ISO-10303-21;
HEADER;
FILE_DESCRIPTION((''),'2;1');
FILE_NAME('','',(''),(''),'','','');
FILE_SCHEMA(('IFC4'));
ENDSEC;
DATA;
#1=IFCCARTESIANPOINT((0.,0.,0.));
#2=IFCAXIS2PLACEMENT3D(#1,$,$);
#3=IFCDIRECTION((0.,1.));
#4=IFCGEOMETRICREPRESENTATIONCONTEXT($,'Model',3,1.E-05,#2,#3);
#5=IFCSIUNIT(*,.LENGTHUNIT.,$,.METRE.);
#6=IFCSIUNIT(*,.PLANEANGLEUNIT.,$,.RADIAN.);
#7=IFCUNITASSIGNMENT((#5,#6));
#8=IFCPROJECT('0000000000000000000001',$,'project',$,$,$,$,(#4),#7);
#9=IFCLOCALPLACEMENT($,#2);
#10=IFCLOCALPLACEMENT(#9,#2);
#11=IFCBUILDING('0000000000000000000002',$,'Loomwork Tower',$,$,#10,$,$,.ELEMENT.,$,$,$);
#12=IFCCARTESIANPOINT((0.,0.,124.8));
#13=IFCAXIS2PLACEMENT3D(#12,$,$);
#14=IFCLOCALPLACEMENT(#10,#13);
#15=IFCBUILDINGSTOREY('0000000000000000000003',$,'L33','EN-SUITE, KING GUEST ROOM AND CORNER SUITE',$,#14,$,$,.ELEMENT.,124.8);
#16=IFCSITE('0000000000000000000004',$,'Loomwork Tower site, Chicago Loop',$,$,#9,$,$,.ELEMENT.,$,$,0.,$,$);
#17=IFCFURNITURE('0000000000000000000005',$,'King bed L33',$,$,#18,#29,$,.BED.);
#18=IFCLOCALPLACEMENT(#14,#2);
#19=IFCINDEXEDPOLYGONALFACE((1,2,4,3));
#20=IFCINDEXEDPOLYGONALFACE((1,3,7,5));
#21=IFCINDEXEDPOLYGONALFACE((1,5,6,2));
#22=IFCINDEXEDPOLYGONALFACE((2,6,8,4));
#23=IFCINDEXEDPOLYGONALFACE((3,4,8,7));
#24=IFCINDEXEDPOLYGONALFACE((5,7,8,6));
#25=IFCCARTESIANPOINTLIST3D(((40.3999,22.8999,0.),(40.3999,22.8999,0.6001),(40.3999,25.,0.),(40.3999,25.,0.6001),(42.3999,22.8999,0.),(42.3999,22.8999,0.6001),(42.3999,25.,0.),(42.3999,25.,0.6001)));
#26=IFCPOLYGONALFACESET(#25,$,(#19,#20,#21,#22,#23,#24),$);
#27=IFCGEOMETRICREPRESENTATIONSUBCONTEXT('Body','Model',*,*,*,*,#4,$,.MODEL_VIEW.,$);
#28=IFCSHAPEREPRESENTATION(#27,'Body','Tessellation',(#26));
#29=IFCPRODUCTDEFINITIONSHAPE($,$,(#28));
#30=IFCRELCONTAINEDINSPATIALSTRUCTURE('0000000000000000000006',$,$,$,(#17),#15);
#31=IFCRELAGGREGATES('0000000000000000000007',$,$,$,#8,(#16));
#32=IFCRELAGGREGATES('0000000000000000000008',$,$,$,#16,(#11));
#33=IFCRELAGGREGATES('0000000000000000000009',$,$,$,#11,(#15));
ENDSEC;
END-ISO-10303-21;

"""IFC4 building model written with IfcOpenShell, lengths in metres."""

from ifc_helpers import new_model, si_unit, direction, frame, origin, origin_2d, place, context, subcontext, project, spatial, rectangle, extrude, element, save


model = new_model("IFC4")

# Units and contexts
model_context = context("Model", 3, precision=1e-05, world=origin(), true_north=direction((0.0, 1.0)))
body_context = subcontext(model_context, "Body", "Model", "MODEL_VIEW")
ifc_project = project(units=[si_unit("LENGTHUNIT", "METRE"), si_unit("PLANEANGLEUNIT", "RADIAN")], contexts=[model_context])

# Site, building, storey
site_placement = place(None, origin())
site = spatial("IfcSite", under=ifc_project, at=site_placement, Name="Loomwork Tower site, Chicago Loop", CompositionType="ELEMENT", RefElevation=0.0)
building_placement = place(site_placement, origin())
building = spatial("IfcBuilding", under=site, at=building_placement, Name="Loomwork Tower", CompositionType="ELEMENT")
storey_placement = place(building_placement, frame((0.0, 0.0, 124.8)))
storey = spatial("IfcBuildingStorey", under=building, at=storey_placement, Name="L33", Description="EN-SUITE, KING GUEST ROOM AND CORNER SUITE", CompositionType="ELEMENT", Elevation=124.8)

# Furniture
furniture_placement = place(storey_placement, frame((41.3999, 23.95, 0.0), z_axis=(0.0, 0.0, 1.0), x_axis=(1.0, 0.0, 0.0)))
element("IfcFurniture", 1, at=furniture_placement, inside=storey, Name="King bed L33", PredefinedType="BED", context=body_context, shape_type="SweptSolid", body=[
    extrude(rectangle(XDim=2.0, YDim=2.1001, at=origin_2d()), origin(), (0.0, 0.0, 1.0), 0.6001),
])

save(model, "model.ifc")
